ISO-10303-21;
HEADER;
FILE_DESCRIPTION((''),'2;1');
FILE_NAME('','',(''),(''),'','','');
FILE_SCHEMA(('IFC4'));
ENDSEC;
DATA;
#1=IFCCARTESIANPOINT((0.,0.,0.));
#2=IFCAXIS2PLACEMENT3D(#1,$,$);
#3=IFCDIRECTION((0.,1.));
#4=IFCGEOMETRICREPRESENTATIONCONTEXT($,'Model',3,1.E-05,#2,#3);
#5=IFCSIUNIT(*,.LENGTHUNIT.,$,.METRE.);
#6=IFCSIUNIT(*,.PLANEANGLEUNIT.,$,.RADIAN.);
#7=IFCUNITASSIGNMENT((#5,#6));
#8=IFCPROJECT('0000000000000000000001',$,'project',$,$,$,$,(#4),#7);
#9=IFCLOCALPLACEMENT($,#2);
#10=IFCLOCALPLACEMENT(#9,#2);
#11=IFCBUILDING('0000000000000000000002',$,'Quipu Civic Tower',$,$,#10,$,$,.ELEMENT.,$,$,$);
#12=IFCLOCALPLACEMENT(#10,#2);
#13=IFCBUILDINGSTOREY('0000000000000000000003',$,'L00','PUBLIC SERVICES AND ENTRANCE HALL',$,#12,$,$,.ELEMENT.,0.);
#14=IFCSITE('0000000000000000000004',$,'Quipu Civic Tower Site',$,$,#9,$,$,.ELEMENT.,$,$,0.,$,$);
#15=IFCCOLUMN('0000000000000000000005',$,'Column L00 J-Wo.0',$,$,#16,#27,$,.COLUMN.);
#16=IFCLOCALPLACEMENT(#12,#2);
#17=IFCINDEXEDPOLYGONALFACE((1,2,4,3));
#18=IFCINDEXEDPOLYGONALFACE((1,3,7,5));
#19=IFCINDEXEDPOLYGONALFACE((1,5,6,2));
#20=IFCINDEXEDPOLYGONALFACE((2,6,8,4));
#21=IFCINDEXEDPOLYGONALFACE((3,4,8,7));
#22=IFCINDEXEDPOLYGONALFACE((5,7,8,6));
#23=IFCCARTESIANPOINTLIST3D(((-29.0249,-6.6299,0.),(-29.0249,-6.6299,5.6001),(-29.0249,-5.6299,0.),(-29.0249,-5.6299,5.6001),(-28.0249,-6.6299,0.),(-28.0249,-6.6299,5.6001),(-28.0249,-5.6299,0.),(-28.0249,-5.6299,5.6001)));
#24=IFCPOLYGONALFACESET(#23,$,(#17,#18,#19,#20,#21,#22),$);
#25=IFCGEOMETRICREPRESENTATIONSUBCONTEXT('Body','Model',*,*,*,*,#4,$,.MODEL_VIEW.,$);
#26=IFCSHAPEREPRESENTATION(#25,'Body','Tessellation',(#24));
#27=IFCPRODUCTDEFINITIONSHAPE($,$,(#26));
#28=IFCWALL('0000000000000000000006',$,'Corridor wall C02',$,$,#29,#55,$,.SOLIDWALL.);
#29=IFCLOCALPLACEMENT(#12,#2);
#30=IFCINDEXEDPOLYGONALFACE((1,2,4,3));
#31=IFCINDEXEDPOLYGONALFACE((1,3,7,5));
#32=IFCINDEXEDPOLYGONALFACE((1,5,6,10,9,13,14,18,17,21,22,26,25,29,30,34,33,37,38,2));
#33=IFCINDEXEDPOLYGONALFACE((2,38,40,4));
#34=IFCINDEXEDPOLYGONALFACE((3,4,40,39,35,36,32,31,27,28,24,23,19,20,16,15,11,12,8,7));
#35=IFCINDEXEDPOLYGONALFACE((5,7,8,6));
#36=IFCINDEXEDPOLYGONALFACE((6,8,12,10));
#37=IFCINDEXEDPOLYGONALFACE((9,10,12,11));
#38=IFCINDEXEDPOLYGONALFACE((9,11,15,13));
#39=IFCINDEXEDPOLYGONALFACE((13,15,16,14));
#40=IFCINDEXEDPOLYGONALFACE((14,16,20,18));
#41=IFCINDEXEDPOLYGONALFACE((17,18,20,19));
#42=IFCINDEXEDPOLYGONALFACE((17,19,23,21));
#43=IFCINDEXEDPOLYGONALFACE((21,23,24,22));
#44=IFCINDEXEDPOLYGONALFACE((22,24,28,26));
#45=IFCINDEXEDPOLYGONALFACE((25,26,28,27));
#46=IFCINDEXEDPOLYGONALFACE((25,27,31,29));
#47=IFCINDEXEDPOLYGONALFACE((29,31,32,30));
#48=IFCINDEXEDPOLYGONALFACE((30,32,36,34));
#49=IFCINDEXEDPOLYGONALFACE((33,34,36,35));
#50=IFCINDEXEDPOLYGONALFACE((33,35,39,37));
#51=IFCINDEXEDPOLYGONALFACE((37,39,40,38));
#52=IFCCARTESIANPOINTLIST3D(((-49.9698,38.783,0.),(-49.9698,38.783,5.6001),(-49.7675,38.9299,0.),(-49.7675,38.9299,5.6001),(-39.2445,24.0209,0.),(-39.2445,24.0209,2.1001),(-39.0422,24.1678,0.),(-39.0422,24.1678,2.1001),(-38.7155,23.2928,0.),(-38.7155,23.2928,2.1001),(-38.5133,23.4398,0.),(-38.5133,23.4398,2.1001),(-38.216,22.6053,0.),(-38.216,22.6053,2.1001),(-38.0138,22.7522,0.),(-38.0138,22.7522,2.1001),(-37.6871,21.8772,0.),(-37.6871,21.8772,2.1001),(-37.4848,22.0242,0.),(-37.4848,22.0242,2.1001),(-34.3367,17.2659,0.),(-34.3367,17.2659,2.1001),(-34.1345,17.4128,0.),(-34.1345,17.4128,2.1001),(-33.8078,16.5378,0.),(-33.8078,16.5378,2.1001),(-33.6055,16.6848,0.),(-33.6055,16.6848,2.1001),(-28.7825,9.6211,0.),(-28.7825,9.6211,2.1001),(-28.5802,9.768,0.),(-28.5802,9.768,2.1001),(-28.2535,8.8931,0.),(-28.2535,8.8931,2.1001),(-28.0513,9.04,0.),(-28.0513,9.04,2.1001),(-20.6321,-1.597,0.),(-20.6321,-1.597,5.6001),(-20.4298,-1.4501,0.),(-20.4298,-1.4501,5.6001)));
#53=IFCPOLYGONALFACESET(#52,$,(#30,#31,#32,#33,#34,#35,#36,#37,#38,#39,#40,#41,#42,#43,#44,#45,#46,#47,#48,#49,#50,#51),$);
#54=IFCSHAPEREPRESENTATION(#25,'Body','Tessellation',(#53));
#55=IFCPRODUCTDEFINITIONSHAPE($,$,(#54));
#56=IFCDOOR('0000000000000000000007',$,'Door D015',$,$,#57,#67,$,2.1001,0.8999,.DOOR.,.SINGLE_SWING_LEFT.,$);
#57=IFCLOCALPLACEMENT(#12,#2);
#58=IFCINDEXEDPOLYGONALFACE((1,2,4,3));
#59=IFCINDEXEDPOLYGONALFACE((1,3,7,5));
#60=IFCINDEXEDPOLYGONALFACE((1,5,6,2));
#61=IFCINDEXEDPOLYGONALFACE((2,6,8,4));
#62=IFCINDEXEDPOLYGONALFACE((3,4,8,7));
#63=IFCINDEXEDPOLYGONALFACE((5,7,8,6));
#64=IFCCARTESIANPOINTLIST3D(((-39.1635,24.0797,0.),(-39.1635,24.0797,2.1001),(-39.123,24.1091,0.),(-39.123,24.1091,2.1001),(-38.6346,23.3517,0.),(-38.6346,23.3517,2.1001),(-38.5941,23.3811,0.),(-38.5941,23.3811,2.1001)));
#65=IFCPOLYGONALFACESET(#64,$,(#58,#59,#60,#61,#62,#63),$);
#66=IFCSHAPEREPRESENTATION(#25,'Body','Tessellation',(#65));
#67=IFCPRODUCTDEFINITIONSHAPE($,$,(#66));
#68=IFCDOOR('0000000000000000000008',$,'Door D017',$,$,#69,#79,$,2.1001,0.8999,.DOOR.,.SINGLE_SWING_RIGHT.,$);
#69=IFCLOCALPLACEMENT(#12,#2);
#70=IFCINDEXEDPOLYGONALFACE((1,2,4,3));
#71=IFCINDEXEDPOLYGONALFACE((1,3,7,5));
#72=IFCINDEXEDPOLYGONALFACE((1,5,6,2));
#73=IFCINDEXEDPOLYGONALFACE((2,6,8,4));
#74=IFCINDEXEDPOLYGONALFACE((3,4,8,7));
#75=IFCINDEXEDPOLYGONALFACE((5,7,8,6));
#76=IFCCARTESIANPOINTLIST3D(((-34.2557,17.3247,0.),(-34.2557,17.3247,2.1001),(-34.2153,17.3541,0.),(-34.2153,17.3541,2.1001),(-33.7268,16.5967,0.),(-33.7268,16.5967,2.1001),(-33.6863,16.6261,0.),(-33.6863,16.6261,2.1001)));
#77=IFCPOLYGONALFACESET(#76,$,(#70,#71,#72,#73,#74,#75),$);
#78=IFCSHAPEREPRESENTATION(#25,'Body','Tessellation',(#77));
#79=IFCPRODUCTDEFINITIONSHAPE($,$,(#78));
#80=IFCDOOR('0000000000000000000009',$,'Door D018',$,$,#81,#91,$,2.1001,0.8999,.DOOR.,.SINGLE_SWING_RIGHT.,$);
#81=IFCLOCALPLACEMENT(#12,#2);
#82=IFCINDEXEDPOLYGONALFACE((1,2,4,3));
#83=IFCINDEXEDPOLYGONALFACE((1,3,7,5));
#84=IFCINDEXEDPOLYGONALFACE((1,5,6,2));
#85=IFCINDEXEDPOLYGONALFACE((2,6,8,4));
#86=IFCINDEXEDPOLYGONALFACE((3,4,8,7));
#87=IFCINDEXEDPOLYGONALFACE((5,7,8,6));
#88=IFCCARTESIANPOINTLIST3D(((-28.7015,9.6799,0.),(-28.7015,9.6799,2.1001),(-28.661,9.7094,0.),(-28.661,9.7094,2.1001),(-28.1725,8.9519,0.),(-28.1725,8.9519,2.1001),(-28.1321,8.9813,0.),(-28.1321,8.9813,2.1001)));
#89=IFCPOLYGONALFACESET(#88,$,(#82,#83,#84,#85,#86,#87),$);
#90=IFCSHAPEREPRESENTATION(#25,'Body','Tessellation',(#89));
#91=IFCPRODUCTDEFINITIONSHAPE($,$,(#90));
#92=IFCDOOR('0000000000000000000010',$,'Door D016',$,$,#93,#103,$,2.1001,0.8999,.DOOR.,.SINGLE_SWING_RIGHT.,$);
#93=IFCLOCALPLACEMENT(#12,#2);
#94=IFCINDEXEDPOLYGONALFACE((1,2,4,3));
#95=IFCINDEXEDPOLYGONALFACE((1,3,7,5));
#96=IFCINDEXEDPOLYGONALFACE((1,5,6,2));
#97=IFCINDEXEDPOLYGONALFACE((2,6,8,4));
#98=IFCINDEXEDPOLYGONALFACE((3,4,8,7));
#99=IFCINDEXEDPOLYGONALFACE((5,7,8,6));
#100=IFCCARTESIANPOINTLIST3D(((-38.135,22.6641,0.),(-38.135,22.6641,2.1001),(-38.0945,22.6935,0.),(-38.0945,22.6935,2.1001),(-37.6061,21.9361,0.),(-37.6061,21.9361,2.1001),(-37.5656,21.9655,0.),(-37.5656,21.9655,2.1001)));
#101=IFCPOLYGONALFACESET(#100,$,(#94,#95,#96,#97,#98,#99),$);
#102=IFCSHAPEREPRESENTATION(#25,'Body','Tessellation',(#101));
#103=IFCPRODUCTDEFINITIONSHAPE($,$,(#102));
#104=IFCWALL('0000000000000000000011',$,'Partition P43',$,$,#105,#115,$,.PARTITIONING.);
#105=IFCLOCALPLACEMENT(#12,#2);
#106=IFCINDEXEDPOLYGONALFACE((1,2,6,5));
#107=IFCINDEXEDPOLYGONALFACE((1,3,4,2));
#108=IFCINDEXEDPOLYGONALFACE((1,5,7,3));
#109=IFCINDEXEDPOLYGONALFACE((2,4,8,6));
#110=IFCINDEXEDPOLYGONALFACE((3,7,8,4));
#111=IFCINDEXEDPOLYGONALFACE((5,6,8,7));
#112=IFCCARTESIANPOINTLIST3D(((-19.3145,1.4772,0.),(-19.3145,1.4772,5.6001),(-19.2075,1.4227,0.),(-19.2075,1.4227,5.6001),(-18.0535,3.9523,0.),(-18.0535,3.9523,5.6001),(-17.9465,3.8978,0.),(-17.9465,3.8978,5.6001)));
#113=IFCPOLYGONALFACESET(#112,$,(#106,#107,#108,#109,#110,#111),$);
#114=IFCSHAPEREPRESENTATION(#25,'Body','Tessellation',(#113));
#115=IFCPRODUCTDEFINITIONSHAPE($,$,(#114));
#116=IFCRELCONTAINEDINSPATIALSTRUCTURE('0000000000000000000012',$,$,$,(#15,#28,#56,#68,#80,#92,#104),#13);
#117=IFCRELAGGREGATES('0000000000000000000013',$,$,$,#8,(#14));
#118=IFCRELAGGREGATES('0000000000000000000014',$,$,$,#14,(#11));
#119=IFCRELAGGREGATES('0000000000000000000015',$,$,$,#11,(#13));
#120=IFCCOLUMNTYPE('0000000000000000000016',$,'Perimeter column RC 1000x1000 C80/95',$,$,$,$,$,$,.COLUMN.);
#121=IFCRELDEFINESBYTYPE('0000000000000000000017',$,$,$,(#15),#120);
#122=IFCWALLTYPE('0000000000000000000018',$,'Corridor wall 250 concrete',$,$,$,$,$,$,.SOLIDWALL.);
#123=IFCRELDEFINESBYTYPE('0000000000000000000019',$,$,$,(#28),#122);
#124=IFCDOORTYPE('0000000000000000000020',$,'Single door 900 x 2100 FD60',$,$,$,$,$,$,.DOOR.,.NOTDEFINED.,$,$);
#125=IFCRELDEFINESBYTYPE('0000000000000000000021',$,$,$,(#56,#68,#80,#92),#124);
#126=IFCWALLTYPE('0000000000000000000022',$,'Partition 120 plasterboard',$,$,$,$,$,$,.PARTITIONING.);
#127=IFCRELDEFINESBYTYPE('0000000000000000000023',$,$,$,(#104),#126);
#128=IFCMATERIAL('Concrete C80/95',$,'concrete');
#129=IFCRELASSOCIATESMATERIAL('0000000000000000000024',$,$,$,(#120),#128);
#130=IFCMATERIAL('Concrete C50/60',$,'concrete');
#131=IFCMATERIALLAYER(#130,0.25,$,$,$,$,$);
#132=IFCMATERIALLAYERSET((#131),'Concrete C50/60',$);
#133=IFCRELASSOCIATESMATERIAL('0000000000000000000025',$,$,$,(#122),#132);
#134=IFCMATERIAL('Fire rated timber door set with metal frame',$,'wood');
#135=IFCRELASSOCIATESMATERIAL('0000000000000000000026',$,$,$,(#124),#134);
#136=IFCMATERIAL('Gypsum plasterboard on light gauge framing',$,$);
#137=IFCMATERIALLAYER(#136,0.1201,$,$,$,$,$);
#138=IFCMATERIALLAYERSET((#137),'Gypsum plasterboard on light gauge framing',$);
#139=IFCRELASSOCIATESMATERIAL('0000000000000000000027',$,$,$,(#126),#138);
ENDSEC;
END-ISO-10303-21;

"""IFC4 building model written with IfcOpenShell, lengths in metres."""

from ifc_helpers import new_model, si_unit, direction, frame, frame_2d, origin, origin_2d, place, context, subcontext, project, spatial, rectangle, extrude, material, layer, layer_set, material_profile, profile_set, type_object, element, fill, save


model = new_model("IFC4")

# Units and contexts
model_context = context("Model", 3, precision=1e-05, world=origin(), true_north=direction((0.0, 1.0)))
body_context = subcontext(model_context, "Body", "Model", "MODEL_VIEW")
ifc_project = project(units=[si_unit("LENGTHUNIT", "METRE"), si_unit("PLANEANGLEUNIT", "RADIAN")], contexts=[model_context])

# Site, building, storey
site_placement = place(None, origin())
site = spatial("IfcSite", under=ifc_project, at=site_placement, Name="Quipu Civic Tower Site", CompositionType="ELEMENT", RefElevation=0.0)
building_placement = place(site_placement, origin())
building = spatial("IfcBuilding", under=site, at=building_placement, Name="Quipu Civic Tower", CompositionType="ELEMENT")
storey_placement = place(building_placement, origin())
storey = spatial("IfcBuildingStorey", under=building, at=storey_placement, Name="L00", Description="PUBLIC SERVICES AND ENTRANCE HALL", CompositionType="ELEMENT", Elevation=0.0)

# Column
ifc_material_1 = material(Name="Concrete C80/95", Category="concrete")
ifc_material_profile_1 = material_profile(ifc_material_1, rectangle(XDim=1.0, YDim=1.0, at=origin_2d()), Name="RC1000x1000")
ifc_profile_set_1 = profile_set([ifc_material_profile_1], Name="Concrete C80/95")
column_type = type_object("IfcColumnType", Name="Perimeter column RC 1000x1000 C80/95", PredefinedType="COLUMN", material=ifc_profile_set_1)
column_placement = place(storey_placement, frame((-28.5249, -6.1299, 0.0), z_axis=(0.0, 0.0, 1.0), x_axis=(1.0, 0.0, 0.0)))
element("IfcColumn", 1, at=column_placement, inside=storey, type_object=column_type, Name="Column L00 J-Wo.0", PredefinedType="COLUMN", context=body_context, shape_type="SweptSolid", body=[
    extrude(rectangle(XDim=1.0, YDim=1.0, at=origin_2d()), origin(), (0.0, 0.0, 1.0), 5.6001),
])

# Wall, openings, doors
ifc_material_2 = material(Name="Concrete C50/60", Category="concrete")
ifc_layer_1 = layer(ifc_material_2, 0.25)
ifc_layer_set_1 = layer_set([ifc_layer_1], Name="Concrete C50/60")
wall_type_1 = type_object("IfcWallType", Name="Corridor wall 250 concrete", PredefinedType="SOLIDWALL", material=ifc_layer_set_1)
wall_1_placement = place(storey_placement, frame((-20.531, -1.5234, 0.0), z_axis=(0.0, 0.0, 1.0), x_axis=(-0.587785, 0.809018, 0.0)))
wall_1 = element("IfcWall", 2, at=wall_1_placement, inside=storey, type_object=wall_type_1, Name="Corridor wall C02", PredefinedType="SOLIDWALL", context=body_context, shape_type="SweptSolid", body=[
    extrude(rectangle(XDim=49.9124, YDim=0.25, at=frame_2d((24.9561, 0.0))), origin(), (0.0, 0.0, 1.0), 5.6001),
])
opening_1_placement = place(wall_1_placement, frame((30.7654, 0.0, 0.0)))
opening_1 = element("IfcOpeningElement", 3, at=opening_1_placement, cuts=wall_1, PredefinedType="OPENING", context=body_context, shape_type="SweptSolid", body=[
    extrude(rectangle(XDim=0.8999, YDim=2.1001, at=frame_2d((0.45, 1.05))), frame((0.0, 0.135, 0.0), z_axis=(0.0, -1.0, 0.0), x_axis=(1.0, 0.0, 0.0)), (0.0, 0.0, 1.0), 0.27),
])
opening_2_placement = place(wall_1_placement, frame((22.4158, 0.0, 0.0)))
opening_2 = element("IfcOpeningElement", 4, at=opening_2_placement, cuts=wall_1, PredefinedType="OPENING", context=body_context, shape_type="SweptSolid", body=[
    extrude(rectangle(XDim=0.8999, YDim=2.1001, at=frame_2d((0.45, 1.05))), frame((0.0, 0.135, 0.0), z_axis=(0.0, -1.0, 0.0), x_axis=(1.0, 0.0, 0.0)), (0.0, 0.0, 1.0), 0.27),
])
opening_3_placement = place(wall_1_placement, frame((12.9663, 0.0, 0.0)))
opening_3 = element("IfcOpeningElement", 5, at=opening_3_placement, cuts=wall_1, PredefinedType="OPENING", context=body_context, shape_type="SweptSolid", body=[
    extrude(rectangle(XDim=0.8999, YDim=2.1001, at=frame_2d((0.45, 1.05))), frame((0.0, 0.135, 0.0), z_axis=(0.0, -1.0, 0.0), x_axis=(1.0, 0.0, 0.0)), (0.0, 0.0, 1.0), 0.27),
])
opening_4_placement = place(wall_1_placement, frame((29.0156, 0.0, 0.0)))
opening_4 = element("IfcOpeningElement", 6, at=opening_4_placement, cuts=wall_1, PredefinedType="OPENING", context=body_context, shape_type="SweptSolid", body=[
    extrude(rectangle(XDim=0.8999, YDim=2.1001, at=frame_2d((0.45, 1.05))), frame((0.0, 0.135, 0.0), z_axis=(0.0, -1.0, 0.0), x_axis=(1.0, 0.0, 0.0)), (0.0, 0.0, 1.0), 0.27),
])
ifc_material_3 = material(Name="Fire rated timber door set with metal frame", Category="wood")
door_type = type_object("IfcDoorType", Name="Single door 900 x 2100 FD60", OperationType="NOTDEFINED", PredefinedType="DOOR", material=ifc_material_3)
door_1_placement = place(opening_1_placement, origin())
door_1 = element("IfcDoor", 7, at=door_1_placement, inside=storey, type_object=door_type, Name="Door D015", OperationType="SINGLE_SWING_LEFT", OverallHeight=2.1001, OverallWidth=0.8999, PredefinedType="DOOR", context=body_context, shape_type="SweptSolid", body=[
    extrude(rectangle(XDim=0.8999, YDim=2.1001, at=frame_2d((0.45, 1.05))), frame((0.0, 0.0249, 0.0), z_axis=(0.0, -1.0, 0.0), x_axis=(1.0, 0.0, 0.0)), (0.0, 0.0, 1.0), 0.05),
])
fill(opening_1, door_1)
door_2_placement = place(opening_2_placement, origin())
door_2 = element("IfcDoor", 8, at=door_2_placement, inside=storey, type_object=door_type, Name="Door D017", OperationType="SINGLE_SWING_RIGHT", OverallHeight=2.1001, OverallWidth=0.8999, PredefinedType="DOOR", context=body_context, shape_type="SweptSolid", body=[
    extrude(rectangle(XDim=0.8999, YDim=2.1001, at=frame_2d((0.45, 1.05))), frame((0.0, 0.0249, 0.0), z_axis=(0.0, -1.0, 0.0), x_axis=(1.0, 0.0, 0.0)), (0.0, 0.0, 1.0), 0.05),
])
fill(opening_2, door_2)
door_3_placement = place(opening_3_placement, origin())
door_3 = element("IfcDoor", 9, at=door_3_placement, inside=storey, type_object=door_type, Name="Door D018", OperationType="SINGLE_SWING_RIGHT", OverallHeight=2.1001, OverallWidth=0.8999, PredefinedType="DOOR", context=body_context, shape_type="SweptSolid", body=[
    extrude(rectangle(XDim=0.8999, YDim=2.1001, at=frame_2d((0.45, 1.05))), frame((0.0, 0.0249, 0.0), z_axis=(0.0, -1.0, 0.0), x_axis=(1.0, 0.0, 0.0)), (0.0, 0.0, 1.0), 0.05),
])
fill(opening_3, door_3)
door_4_placement = place(opening_4_placement, origin())
door_4 = element("IfcDoor", 10, at=door_4_placement, inside=storey, type_object=door_type, Name="Door D016", OperationType="SINGLE_SWING_RIGHT", OverallHeight=2.1001, OverallWidth=0.8999, PredefinedType="DOOR", context=body_context, shape_type="SweptSolid", body=[
    extrude(rectangle(XDim=0.8999, YDim=2.1001, at=frame_2d((0.45, 1.05))), frame((0.0, 0.0249, 0.0), z_axis=(0.0, -1.0, 0.0), x_axis=(1.0, 0.0, 0.0)), (0.0, 0.0, 1.0), 0.05),
])
fill(opening_4, door_4)

# Wall
ifc_material_4 = material(Name="Gypsum plasterboard on light gauge framing")
ifc_layer_2 = layer(ifc_material_4, 0.1201)
ifc_layer_set_2 = layer_set([ifc_layer_2], Name="Gypsum plasterboard on light gauge framing")
wall_type_2 = type_object("IfcWallType", Name="Partition 120 plasterboard", PredefinedType="PARTITIONING", material=ifc_layer_set_2)
wall_2_placement = place(storey_placement, frame((-19.261, 1.45, 0.0), z_axis=(0.0, 0.0, 1.0), x_axis=(0.453951, 0.891027, 0.0)))
element("IfcWall", 11, at=wall_2_placement, inside=storey, type_object=wall_type_2, Name="Partition P43", PredefinedType="PARTITIONING", context=body_context, shape_type="SweptSolid", body=[
    extrude(rectangle(XDim=2.7778, YDim=0.1201, at=frame_2d((1.3889, 0.0))), origin(), (0.0, 0.0, 1.0), 5.6001),
])

save(model, "model.ifc")
